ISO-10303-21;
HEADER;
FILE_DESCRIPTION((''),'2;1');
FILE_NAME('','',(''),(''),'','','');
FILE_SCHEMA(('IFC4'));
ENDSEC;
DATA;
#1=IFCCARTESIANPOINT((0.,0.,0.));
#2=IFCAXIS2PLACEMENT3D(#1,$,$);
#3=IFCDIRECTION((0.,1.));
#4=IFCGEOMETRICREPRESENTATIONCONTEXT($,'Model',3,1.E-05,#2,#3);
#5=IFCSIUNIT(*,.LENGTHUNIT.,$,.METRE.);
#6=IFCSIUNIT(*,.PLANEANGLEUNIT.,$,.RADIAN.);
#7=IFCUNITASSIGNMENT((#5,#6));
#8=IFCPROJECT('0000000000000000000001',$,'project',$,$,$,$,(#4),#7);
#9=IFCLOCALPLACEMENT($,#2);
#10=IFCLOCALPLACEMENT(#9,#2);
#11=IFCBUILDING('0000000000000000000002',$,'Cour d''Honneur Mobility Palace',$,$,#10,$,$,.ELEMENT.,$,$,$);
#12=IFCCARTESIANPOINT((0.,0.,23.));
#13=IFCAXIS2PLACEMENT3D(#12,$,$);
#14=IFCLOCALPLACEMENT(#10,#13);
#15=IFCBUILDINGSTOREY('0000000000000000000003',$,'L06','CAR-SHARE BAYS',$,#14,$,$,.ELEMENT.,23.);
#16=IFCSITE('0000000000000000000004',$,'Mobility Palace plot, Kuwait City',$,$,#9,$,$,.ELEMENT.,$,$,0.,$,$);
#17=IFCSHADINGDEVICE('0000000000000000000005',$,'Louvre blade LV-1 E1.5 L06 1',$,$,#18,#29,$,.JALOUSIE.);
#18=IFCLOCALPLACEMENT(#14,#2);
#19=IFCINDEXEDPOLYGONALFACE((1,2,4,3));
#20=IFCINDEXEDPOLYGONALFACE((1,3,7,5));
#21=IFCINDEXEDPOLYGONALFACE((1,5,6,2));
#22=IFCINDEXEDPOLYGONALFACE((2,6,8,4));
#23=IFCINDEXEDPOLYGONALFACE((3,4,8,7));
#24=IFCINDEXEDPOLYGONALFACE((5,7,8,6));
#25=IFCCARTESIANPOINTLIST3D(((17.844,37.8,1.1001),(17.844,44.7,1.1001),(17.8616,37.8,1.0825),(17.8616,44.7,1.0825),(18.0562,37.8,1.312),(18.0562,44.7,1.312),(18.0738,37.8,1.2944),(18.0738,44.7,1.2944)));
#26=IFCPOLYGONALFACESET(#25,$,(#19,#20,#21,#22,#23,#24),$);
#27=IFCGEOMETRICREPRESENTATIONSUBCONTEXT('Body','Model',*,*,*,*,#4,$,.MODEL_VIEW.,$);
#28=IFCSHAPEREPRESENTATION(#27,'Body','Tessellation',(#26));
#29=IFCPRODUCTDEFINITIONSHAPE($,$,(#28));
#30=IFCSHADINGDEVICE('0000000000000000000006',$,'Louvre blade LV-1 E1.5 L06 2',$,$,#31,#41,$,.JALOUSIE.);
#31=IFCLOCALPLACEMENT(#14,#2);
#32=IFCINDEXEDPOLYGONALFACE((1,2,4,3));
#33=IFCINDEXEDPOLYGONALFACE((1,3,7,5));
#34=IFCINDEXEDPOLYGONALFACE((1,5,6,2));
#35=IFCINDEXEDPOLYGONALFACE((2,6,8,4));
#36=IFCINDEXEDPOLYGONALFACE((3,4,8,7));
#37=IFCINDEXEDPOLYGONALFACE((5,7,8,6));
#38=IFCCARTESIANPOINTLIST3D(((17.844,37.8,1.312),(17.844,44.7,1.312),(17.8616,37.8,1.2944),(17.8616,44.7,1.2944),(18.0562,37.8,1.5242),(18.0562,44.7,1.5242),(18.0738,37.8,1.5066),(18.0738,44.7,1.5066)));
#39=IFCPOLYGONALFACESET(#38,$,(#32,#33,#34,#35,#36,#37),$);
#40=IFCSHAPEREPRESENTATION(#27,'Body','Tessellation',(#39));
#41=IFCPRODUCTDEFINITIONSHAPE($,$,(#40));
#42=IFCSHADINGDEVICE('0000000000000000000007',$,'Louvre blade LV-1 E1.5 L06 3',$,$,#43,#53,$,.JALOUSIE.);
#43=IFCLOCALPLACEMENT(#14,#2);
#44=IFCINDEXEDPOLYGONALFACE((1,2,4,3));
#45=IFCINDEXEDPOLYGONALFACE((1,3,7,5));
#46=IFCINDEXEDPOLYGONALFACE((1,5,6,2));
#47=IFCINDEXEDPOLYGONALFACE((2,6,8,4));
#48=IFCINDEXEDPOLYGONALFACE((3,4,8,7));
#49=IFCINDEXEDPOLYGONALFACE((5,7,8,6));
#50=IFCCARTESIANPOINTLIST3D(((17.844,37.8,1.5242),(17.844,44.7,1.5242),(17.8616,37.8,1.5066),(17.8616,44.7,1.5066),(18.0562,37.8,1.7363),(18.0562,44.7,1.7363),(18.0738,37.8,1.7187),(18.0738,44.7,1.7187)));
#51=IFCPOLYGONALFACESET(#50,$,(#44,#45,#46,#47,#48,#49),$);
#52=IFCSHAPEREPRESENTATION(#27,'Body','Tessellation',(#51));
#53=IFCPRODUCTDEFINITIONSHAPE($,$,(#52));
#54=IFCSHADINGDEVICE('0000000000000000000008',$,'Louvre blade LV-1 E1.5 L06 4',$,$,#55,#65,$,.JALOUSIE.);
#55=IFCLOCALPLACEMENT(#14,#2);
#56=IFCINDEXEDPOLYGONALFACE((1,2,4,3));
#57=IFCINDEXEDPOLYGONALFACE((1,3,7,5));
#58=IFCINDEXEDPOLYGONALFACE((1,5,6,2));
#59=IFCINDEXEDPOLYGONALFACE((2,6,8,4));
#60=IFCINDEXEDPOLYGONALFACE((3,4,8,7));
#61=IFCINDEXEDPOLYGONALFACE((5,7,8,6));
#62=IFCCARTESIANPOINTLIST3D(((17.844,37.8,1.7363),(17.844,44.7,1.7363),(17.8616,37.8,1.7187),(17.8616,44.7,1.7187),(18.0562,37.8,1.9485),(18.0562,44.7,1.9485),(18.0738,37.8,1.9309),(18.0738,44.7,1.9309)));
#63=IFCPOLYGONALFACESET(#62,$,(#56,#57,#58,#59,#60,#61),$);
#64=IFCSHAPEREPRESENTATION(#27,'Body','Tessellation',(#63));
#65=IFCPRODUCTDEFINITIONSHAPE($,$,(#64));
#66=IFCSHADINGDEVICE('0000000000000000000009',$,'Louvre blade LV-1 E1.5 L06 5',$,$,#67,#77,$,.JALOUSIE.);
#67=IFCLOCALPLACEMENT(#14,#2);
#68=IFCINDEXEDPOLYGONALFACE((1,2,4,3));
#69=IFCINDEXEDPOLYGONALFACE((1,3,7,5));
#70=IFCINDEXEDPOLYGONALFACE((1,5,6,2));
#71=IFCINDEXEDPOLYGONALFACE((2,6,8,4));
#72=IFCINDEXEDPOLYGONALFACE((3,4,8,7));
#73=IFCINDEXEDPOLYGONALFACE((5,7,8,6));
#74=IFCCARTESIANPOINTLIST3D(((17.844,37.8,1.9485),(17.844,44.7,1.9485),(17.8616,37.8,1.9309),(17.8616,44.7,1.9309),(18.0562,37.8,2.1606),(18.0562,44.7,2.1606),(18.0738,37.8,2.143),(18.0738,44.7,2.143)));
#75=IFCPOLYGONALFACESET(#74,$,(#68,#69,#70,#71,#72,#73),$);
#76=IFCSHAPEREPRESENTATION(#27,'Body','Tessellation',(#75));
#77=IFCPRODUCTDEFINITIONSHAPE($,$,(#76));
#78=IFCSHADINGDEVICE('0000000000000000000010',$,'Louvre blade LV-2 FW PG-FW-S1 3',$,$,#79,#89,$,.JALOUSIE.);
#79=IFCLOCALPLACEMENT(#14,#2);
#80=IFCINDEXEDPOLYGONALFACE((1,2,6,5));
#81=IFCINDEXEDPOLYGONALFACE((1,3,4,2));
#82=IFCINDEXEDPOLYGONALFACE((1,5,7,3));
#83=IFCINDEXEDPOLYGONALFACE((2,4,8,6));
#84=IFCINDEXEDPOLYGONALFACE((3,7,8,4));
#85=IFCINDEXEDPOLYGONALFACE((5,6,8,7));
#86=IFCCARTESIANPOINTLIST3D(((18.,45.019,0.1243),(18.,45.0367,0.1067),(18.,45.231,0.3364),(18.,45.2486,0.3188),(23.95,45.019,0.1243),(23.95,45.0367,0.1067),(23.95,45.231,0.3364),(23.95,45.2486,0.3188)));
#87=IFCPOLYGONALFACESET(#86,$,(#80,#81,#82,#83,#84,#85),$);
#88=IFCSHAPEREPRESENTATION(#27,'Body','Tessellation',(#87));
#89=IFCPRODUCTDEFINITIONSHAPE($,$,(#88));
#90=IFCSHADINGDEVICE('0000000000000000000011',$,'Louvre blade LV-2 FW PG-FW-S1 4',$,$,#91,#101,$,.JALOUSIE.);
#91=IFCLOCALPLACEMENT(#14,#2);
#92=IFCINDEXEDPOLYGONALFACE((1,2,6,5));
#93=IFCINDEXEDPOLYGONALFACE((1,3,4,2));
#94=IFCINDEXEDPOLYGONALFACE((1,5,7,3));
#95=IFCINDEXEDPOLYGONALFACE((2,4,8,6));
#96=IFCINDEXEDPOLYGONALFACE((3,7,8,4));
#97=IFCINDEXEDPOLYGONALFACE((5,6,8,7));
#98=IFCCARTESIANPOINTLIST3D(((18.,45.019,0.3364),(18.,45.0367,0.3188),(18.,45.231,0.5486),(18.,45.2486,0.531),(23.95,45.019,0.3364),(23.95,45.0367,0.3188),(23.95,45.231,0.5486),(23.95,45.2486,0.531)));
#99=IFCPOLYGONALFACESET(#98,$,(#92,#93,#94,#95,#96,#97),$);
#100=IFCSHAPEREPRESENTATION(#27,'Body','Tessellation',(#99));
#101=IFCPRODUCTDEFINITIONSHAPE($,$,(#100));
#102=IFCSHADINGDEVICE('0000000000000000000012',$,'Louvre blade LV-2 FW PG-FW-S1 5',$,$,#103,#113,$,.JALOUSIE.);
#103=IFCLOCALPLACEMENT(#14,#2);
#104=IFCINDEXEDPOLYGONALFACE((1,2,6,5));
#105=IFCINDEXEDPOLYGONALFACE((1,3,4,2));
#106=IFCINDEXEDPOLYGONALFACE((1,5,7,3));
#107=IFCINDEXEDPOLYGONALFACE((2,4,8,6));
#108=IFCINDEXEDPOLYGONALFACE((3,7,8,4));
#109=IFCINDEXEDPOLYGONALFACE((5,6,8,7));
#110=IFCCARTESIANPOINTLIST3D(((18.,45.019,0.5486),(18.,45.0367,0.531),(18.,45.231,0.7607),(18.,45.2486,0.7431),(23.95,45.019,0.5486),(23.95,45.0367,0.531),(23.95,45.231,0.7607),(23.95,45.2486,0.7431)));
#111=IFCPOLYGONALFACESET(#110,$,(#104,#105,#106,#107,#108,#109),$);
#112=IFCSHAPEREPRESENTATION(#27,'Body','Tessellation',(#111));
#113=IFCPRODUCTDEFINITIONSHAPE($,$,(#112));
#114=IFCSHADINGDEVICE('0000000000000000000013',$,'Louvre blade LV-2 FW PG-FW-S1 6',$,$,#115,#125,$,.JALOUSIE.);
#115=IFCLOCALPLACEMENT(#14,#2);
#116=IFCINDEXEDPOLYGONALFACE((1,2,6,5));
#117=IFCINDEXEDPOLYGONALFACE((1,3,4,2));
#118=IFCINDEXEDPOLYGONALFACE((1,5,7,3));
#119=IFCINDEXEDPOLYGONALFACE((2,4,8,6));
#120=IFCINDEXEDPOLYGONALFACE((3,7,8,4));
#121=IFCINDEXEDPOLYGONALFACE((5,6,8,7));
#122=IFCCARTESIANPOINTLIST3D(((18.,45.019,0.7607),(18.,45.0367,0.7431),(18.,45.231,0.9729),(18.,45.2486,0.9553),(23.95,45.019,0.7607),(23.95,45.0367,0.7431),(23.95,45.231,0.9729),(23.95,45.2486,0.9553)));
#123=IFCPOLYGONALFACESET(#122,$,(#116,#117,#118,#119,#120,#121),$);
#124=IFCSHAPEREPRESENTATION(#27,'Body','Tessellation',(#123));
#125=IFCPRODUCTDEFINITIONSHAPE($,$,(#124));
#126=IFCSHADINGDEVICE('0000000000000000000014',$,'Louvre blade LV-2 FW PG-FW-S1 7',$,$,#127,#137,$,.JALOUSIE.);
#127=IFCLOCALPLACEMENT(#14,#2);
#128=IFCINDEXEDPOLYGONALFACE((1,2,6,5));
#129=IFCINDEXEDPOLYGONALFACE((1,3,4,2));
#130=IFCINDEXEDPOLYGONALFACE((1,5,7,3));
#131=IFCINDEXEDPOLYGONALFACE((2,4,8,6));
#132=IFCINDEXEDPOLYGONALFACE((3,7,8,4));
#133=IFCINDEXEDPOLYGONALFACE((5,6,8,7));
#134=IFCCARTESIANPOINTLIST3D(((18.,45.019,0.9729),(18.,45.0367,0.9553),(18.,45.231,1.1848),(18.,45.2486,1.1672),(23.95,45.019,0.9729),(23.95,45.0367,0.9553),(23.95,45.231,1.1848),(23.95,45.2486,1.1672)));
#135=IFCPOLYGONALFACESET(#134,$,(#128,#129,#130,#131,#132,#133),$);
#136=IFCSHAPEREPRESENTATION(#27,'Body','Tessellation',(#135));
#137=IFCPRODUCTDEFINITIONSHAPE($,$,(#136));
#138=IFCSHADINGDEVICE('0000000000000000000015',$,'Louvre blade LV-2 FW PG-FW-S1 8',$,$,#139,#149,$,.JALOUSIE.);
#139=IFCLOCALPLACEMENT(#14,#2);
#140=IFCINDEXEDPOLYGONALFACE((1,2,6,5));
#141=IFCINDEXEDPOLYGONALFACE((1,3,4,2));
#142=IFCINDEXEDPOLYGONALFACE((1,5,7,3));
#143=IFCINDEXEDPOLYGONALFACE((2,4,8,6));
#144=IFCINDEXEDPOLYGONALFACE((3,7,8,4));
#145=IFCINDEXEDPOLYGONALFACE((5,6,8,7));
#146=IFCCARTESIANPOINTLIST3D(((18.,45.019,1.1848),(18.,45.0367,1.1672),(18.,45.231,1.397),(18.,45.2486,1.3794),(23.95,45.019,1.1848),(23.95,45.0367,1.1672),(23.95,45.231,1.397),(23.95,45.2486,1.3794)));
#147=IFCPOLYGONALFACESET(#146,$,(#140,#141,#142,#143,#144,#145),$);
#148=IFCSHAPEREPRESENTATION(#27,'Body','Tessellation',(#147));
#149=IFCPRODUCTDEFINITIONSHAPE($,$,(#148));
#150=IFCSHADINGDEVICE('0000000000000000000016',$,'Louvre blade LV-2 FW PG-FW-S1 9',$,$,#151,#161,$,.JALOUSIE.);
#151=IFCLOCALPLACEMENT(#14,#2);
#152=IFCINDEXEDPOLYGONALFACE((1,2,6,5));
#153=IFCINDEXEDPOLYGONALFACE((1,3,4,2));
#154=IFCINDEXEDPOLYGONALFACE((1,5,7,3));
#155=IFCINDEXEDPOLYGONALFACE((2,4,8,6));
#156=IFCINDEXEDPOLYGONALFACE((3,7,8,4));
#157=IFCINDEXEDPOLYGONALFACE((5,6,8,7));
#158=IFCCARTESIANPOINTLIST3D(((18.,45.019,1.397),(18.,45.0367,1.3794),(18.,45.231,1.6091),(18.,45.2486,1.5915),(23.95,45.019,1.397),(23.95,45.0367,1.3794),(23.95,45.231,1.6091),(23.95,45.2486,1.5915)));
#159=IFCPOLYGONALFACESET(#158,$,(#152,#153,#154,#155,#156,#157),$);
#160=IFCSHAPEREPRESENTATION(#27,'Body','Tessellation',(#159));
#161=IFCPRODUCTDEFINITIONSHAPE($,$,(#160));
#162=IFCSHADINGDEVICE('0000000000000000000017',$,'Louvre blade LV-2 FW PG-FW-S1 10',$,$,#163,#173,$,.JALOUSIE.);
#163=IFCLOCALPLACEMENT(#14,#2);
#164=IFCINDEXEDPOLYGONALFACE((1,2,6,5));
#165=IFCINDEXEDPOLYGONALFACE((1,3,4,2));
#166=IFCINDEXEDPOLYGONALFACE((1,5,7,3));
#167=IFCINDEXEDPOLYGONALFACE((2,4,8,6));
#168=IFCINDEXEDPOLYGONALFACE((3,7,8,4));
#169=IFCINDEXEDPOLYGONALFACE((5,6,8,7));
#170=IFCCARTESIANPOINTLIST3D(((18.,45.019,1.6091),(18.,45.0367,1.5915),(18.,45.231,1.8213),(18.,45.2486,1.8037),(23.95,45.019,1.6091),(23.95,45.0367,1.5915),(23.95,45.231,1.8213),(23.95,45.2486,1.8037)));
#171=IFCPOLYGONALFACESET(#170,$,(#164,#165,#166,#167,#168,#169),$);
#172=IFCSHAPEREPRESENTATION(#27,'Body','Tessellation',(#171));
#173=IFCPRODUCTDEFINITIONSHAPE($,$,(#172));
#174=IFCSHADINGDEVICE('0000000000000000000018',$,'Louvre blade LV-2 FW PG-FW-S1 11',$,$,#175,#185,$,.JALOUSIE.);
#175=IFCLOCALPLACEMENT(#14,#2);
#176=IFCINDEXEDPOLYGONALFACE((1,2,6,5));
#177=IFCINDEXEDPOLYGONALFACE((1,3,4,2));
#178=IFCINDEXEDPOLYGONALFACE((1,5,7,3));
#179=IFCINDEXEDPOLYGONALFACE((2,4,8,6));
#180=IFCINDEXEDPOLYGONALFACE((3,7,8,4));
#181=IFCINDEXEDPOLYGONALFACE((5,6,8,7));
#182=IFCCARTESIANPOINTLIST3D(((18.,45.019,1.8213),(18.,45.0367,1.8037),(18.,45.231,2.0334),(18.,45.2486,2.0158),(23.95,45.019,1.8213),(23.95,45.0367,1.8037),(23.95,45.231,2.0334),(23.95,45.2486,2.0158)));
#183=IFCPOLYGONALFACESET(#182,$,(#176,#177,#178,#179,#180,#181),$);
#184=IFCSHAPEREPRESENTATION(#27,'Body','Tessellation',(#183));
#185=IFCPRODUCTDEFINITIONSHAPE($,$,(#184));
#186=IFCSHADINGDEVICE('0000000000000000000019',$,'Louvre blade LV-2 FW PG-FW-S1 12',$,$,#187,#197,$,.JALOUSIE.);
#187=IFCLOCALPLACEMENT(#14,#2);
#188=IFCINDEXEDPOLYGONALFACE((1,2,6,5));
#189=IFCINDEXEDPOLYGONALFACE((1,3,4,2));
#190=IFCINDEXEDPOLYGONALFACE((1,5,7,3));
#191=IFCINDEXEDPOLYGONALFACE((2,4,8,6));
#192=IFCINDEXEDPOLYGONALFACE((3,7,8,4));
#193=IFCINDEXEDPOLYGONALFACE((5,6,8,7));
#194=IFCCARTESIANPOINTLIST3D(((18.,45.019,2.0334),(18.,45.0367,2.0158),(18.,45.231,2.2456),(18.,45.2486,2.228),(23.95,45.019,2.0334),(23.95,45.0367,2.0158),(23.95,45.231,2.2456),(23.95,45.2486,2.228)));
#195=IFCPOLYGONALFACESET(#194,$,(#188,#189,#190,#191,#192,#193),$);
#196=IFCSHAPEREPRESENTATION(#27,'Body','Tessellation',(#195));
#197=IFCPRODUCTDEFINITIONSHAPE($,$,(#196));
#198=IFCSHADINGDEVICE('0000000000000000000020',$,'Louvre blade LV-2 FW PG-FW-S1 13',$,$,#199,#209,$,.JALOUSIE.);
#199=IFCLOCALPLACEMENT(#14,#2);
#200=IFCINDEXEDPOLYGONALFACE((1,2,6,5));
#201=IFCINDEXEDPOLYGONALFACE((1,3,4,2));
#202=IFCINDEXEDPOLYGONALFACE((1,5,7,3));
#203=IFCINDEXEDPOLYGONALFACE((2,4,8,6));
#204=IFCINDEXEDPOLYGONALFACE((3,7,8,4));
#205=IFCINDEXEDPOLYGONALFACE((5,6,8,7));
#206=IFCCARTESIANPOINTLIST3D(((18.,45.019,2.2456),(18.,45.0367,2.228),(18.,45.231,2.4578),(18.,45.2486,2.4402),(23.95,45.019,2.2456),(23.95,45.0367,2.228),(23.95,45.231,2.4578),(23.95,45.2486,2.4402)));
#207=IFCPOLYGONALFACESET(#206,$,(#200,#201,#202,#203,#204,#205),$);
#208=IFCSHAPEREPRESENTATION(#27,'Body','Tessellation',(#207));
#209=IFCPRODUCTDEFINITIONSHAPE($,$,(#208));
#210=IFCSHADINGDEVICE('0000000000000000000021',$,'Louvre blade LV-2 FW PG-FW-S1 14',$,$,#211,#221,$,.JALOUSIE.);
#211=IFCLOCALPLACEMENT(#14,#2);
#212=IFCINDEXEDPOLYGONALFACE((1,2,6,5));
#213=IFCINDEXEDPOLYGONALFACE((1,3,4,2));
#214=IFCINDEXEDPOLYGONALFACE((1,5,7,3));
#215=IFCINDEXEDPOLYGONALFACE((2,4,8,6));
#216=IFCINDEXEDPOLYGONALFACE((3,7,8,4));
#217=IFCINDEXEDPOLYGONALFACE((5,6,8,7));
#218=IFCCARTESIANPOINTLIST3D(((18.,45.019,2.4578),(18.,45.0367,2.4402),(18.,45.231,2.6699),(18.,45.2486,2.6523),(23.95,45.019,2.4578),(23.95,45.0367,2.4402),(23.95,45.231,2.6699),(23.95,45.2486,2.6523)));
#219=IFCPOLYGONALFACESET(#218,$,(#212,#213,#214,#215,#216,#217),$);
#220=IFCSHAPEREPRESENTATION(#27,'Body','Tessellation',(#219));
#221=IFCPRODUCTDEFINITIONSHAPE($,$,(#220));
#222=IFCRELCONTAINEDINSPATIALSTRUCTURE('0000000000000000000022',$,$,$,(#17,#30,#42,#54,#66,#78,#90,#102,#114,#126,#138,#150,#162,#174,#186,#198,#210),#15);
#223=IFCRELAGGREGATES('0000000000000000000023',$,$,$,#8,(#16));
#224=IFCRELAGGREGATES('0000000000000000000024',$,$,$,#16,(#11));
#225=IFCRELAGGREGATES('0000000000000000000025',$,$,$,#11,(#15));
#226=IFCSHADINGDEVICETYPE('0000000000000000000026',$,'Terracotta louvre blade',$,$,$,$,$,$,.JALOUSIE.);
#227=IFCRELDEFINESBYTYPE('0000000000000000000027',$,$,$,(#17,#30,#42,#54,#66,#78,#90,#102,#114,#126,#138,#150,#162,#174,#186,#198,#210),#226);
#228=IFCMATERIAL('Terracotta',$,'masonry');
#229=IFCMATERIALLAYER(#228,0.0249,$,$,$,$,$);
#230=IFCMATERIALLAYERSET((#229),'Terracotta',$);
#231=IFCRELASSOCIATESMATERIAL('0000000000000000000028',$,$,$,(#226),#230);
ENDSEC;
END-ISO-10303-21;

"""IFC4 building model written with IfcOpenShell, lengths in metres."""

from ifc_helpers import new_model, si_unit, direction, frame, origin, place, context, subcontext, project, spatial, polyline, outline, extrude, material, layer, layer_set, type_object, element, save


model = new_model("IFC4")

# Units and contexts
model_context = context("Model", 3, precision=1e-05, world=origin(), true_north=direction((0.0, 1.0)))
body_context = subcontext(model_context, "Body", "Model", "MODEL_VIEW")
ifc_project = project(units=[si_unit("LENGTHUNIT", "METRE"), si_unit("PLANEANGLEUNIT", "RADIAN")], contexts=[model_context])

# Site, building, storey
site_placement = place(None, origin())
site = spatial("IfcSite", under=ifc_project, at=site_placement, Name="Mobility Palace plot, Kuwait City", CompositionType="ELEMENT", RefElevation=0.0)
building_placement = place(site_placement, origin())
building = spatial("IfcBuilding", under=site, at=building_placement, Name="Cour d'Honneur Mobility Palace", CompositionType="ELEMENT")
storey_placement = place(building_placement, frame((0.0, 0.0, 23.0)))
storey = spatial("IfcBuildingStorey", under=building, at=storey_placement, Name="L06", Description="CAR-SHARE BAYS", CompositionType="ELEMENT", Elevation=23.0)

# Shading devices
ifc_material_1 = material(Name="Terracotta", Category="masonry")
ifc_layer_1 = layer(ifc_material_1, 0.0249)
ifc_layer_set_1 = layer_set([ifc_layer_1], Name="Terracotta")
shading_device_type = type_object("IfcShadingDeviceType", Name="Terracotta louvre blade", PredefinedType="JALOUSIE", material=ifc_layer_set_1)
shading_device_1_placement = place(storey_placement, frame((17.844, 37.8, 1.1001), z_axis=(-0.7067, 0.0, 0.707514), x_axis=(0.0, 1.0, 0.0)))
element("IfcShadingDevice", 1, at=shading_device_1_placement, inside=storey, type_object=shading_device_type, Name="Louvre blade LV-1 E1.5 L06 1", PredefinedType="JALOUSIE", context=body_context, shape_type="SweptSolid", body=[
    extrude(outline(polyline([(0.0, 0.0), (6.8999, 0.0), (6.8999, -0.2999), (0.0, -0.2999), (0.0, 0.0)])), origin(), (0.0, 0.0, -1.0), 0.0249),
])
for number, where, z_axis, x_axis, name in (
    (2, (17.844, 37.8, 1.312), (-0.707107, 0.0, 0.707107), (0.0, 1.0, 0.0), "Louvre blade LV-1 E1.5 L06 2"),
    (3, (17.844, 37.8, 1.5242), (-0.707107, 0.0, 0.707107), (0.0, 1.0, 0.0), "Louvre blade LV-1 E1.5 L06 3"),
    (4, (17.844, 37.8, 1.7363), (-0.707107, 0.0, 0.707107), (0.0, 1.0, 0.0), "Louvre blade LV-1 E1.5 L06 4"),
    (5, (17.844, 37.8, 1.9485), (-0.707107, 0.0, 0.707107), (0.0, 1.0, 0.0), "Louvre blade LV-1 E1.5 L06 5"),
):
    element("IfcShadingDevice", number, at=place(storey_placement, frame(where, z_axis=z_axis, x_axis=x_axis)), inside=storey, type_object=shading_device_type, Name=name, PredefinedType="JALOUSIE", context=body_context, shape_type="SweptSolid", body=[
        extrude(outline(polyline([(0.0, 0.0), (6.8999, 0.0), (6.8999, -0.3), (0.0, -0.3), (0.0, 0.0)])), origin(), (0.0, 0.0, -1.0), 0.0249),
    ])
for number, where, z_axis, x_axis, name in (
    (6, (18.0, 45.019, 0.1243), (0.0, -0.707514, 0.7067), (1.0, 0.0, 0.0), "Louvre blade LV-2 FW PG-FW-S1 3"),
    (7, (18.0, 45.019, 0.3364), (0.0, -0.707514, 0.7067), (1.0, 0.0, 0.0), "Louvre blade LV-2 FW PG-FW-S1 4"),
    (8, (18.0, 45.019, 0.5486), (0.0, -0.707514, 0.7067), (1.0, 0.0, 0.0), "Louvre blade LV-2 FW PG-FW-S1 5"),
    (9, (18.0, 45.019, 0.7607), (0.0, -0.707514, 0.7067), (1.0, 0.0, 0.0), "Louvre blade LV-2 FW PG-FW-S1 6"),
):
    element("IfcShadingDevice", number, at=place(storey_placement, frame(where, z_axis=z_axis, x_axis=x_axis)), inside=storey, type_object=shading_device_type, Name=name, PredefinedType="JALOUSIE", context=body_context, shape_type="SweptSolid", body=[
        extrude(outline(polyline([(0.0, 0.0), (5.95, 0.0), (5.95, 0.2999), (0.0, 0.2999), (0.0, 0.0)])), origin(), (0.0, 0.0, -1.0), 0.0249),
    ])
shading_device_2_placement = place(storey_placement, frame((18.0, 45.019, 0.9729), z_axis=(0.0, -0.707107, 0.707107), x_axis=(1.0, 0.0, 0.0)))
element("IfcShadingDevice", 10, at=shading_device_2_placement, inside=storey, type_object=shading_device_type, Name="Louvre blade LV-2 FW PG-FW-S1 7", PredefinedType="JALOUSIE", context=body_context, shape_type="SweptSolid", body=[
    extrude(outline(polyline([(0.0, 0.0), (5.95, 0.0), (5.95, 0.2997), (0.0, 0.2997), (0.0, 0.0)])), origin(), (0.0, 0.0, -1.0), 0.0249),
])
for number, where, z_axis, x_axis, name in (
    (11, (18.0, 45.019, 1.1848), (0.0, -0.707514, 0.7067), (1.0, 0.0, 0.0), "Louvre blade LV-2 FW PG-FW-S1 8"),
    (12, (18.0, 45.019, 1.397), (0.0, -0.707514, 0.7067), (1.0, 0.0, 0.0), "Louvre blade LV-2 FW PG-FW-S1 9"),
    (13, (18.0, 45.019, 1.6091), (0.0, -0.707514, 0.7067), (1.0, 0.0, 0.0), "Louvre blade LV-2 FW PG-FW-S1 10"),
    (14, (18.0, 45.019, 1.8213), (0.0, -0.707514, 0.7067), (1.0, 0.0, 0.0), "Louvre blade LV-2 FW PG-FW-S1 11"),
    (15, (18.0, 45.019, 2.0334), (0.0, -0.707514, 0.7067), (1.0, 0.0, 0.0), "Louvre blade LV-2 FW PG-FW-S1 12"),
    (16, (18.0, 45.019, 2.2456), (0.0, -0.707514, 0.7067), (1.0, 0.0, 0.0), "Louvre blade LV-2 FW PG-FW-S1 13"),
    (17, (18.0, 45.019, 2.4578), (0.0, -0.707514, 0.7067), (1.0, 0.0, 0.0), "Louvre blade LV-2 FW PG-FW-S1 14"),
):
    element("IfcShadingDevice", number, at=place(storey_placement, frame(where, z_axis=z_axis, x_axis=x_axis)), inside=storey, type_object=shading_device_type, Name=name, PredefinedType="JALOUSIE", context=body_context, shape_type="SweptSolid", body=[
        extrude(outline(polyline([(0.0, 0.0), (5.95, 0.0), (5.95, 0.2999), (0.0, 0.2999), (0.0, 0.0)])), origin(), (0.0, 0.0, -1.0), 0.0249),
    ])

save(model, "model.ifc")
